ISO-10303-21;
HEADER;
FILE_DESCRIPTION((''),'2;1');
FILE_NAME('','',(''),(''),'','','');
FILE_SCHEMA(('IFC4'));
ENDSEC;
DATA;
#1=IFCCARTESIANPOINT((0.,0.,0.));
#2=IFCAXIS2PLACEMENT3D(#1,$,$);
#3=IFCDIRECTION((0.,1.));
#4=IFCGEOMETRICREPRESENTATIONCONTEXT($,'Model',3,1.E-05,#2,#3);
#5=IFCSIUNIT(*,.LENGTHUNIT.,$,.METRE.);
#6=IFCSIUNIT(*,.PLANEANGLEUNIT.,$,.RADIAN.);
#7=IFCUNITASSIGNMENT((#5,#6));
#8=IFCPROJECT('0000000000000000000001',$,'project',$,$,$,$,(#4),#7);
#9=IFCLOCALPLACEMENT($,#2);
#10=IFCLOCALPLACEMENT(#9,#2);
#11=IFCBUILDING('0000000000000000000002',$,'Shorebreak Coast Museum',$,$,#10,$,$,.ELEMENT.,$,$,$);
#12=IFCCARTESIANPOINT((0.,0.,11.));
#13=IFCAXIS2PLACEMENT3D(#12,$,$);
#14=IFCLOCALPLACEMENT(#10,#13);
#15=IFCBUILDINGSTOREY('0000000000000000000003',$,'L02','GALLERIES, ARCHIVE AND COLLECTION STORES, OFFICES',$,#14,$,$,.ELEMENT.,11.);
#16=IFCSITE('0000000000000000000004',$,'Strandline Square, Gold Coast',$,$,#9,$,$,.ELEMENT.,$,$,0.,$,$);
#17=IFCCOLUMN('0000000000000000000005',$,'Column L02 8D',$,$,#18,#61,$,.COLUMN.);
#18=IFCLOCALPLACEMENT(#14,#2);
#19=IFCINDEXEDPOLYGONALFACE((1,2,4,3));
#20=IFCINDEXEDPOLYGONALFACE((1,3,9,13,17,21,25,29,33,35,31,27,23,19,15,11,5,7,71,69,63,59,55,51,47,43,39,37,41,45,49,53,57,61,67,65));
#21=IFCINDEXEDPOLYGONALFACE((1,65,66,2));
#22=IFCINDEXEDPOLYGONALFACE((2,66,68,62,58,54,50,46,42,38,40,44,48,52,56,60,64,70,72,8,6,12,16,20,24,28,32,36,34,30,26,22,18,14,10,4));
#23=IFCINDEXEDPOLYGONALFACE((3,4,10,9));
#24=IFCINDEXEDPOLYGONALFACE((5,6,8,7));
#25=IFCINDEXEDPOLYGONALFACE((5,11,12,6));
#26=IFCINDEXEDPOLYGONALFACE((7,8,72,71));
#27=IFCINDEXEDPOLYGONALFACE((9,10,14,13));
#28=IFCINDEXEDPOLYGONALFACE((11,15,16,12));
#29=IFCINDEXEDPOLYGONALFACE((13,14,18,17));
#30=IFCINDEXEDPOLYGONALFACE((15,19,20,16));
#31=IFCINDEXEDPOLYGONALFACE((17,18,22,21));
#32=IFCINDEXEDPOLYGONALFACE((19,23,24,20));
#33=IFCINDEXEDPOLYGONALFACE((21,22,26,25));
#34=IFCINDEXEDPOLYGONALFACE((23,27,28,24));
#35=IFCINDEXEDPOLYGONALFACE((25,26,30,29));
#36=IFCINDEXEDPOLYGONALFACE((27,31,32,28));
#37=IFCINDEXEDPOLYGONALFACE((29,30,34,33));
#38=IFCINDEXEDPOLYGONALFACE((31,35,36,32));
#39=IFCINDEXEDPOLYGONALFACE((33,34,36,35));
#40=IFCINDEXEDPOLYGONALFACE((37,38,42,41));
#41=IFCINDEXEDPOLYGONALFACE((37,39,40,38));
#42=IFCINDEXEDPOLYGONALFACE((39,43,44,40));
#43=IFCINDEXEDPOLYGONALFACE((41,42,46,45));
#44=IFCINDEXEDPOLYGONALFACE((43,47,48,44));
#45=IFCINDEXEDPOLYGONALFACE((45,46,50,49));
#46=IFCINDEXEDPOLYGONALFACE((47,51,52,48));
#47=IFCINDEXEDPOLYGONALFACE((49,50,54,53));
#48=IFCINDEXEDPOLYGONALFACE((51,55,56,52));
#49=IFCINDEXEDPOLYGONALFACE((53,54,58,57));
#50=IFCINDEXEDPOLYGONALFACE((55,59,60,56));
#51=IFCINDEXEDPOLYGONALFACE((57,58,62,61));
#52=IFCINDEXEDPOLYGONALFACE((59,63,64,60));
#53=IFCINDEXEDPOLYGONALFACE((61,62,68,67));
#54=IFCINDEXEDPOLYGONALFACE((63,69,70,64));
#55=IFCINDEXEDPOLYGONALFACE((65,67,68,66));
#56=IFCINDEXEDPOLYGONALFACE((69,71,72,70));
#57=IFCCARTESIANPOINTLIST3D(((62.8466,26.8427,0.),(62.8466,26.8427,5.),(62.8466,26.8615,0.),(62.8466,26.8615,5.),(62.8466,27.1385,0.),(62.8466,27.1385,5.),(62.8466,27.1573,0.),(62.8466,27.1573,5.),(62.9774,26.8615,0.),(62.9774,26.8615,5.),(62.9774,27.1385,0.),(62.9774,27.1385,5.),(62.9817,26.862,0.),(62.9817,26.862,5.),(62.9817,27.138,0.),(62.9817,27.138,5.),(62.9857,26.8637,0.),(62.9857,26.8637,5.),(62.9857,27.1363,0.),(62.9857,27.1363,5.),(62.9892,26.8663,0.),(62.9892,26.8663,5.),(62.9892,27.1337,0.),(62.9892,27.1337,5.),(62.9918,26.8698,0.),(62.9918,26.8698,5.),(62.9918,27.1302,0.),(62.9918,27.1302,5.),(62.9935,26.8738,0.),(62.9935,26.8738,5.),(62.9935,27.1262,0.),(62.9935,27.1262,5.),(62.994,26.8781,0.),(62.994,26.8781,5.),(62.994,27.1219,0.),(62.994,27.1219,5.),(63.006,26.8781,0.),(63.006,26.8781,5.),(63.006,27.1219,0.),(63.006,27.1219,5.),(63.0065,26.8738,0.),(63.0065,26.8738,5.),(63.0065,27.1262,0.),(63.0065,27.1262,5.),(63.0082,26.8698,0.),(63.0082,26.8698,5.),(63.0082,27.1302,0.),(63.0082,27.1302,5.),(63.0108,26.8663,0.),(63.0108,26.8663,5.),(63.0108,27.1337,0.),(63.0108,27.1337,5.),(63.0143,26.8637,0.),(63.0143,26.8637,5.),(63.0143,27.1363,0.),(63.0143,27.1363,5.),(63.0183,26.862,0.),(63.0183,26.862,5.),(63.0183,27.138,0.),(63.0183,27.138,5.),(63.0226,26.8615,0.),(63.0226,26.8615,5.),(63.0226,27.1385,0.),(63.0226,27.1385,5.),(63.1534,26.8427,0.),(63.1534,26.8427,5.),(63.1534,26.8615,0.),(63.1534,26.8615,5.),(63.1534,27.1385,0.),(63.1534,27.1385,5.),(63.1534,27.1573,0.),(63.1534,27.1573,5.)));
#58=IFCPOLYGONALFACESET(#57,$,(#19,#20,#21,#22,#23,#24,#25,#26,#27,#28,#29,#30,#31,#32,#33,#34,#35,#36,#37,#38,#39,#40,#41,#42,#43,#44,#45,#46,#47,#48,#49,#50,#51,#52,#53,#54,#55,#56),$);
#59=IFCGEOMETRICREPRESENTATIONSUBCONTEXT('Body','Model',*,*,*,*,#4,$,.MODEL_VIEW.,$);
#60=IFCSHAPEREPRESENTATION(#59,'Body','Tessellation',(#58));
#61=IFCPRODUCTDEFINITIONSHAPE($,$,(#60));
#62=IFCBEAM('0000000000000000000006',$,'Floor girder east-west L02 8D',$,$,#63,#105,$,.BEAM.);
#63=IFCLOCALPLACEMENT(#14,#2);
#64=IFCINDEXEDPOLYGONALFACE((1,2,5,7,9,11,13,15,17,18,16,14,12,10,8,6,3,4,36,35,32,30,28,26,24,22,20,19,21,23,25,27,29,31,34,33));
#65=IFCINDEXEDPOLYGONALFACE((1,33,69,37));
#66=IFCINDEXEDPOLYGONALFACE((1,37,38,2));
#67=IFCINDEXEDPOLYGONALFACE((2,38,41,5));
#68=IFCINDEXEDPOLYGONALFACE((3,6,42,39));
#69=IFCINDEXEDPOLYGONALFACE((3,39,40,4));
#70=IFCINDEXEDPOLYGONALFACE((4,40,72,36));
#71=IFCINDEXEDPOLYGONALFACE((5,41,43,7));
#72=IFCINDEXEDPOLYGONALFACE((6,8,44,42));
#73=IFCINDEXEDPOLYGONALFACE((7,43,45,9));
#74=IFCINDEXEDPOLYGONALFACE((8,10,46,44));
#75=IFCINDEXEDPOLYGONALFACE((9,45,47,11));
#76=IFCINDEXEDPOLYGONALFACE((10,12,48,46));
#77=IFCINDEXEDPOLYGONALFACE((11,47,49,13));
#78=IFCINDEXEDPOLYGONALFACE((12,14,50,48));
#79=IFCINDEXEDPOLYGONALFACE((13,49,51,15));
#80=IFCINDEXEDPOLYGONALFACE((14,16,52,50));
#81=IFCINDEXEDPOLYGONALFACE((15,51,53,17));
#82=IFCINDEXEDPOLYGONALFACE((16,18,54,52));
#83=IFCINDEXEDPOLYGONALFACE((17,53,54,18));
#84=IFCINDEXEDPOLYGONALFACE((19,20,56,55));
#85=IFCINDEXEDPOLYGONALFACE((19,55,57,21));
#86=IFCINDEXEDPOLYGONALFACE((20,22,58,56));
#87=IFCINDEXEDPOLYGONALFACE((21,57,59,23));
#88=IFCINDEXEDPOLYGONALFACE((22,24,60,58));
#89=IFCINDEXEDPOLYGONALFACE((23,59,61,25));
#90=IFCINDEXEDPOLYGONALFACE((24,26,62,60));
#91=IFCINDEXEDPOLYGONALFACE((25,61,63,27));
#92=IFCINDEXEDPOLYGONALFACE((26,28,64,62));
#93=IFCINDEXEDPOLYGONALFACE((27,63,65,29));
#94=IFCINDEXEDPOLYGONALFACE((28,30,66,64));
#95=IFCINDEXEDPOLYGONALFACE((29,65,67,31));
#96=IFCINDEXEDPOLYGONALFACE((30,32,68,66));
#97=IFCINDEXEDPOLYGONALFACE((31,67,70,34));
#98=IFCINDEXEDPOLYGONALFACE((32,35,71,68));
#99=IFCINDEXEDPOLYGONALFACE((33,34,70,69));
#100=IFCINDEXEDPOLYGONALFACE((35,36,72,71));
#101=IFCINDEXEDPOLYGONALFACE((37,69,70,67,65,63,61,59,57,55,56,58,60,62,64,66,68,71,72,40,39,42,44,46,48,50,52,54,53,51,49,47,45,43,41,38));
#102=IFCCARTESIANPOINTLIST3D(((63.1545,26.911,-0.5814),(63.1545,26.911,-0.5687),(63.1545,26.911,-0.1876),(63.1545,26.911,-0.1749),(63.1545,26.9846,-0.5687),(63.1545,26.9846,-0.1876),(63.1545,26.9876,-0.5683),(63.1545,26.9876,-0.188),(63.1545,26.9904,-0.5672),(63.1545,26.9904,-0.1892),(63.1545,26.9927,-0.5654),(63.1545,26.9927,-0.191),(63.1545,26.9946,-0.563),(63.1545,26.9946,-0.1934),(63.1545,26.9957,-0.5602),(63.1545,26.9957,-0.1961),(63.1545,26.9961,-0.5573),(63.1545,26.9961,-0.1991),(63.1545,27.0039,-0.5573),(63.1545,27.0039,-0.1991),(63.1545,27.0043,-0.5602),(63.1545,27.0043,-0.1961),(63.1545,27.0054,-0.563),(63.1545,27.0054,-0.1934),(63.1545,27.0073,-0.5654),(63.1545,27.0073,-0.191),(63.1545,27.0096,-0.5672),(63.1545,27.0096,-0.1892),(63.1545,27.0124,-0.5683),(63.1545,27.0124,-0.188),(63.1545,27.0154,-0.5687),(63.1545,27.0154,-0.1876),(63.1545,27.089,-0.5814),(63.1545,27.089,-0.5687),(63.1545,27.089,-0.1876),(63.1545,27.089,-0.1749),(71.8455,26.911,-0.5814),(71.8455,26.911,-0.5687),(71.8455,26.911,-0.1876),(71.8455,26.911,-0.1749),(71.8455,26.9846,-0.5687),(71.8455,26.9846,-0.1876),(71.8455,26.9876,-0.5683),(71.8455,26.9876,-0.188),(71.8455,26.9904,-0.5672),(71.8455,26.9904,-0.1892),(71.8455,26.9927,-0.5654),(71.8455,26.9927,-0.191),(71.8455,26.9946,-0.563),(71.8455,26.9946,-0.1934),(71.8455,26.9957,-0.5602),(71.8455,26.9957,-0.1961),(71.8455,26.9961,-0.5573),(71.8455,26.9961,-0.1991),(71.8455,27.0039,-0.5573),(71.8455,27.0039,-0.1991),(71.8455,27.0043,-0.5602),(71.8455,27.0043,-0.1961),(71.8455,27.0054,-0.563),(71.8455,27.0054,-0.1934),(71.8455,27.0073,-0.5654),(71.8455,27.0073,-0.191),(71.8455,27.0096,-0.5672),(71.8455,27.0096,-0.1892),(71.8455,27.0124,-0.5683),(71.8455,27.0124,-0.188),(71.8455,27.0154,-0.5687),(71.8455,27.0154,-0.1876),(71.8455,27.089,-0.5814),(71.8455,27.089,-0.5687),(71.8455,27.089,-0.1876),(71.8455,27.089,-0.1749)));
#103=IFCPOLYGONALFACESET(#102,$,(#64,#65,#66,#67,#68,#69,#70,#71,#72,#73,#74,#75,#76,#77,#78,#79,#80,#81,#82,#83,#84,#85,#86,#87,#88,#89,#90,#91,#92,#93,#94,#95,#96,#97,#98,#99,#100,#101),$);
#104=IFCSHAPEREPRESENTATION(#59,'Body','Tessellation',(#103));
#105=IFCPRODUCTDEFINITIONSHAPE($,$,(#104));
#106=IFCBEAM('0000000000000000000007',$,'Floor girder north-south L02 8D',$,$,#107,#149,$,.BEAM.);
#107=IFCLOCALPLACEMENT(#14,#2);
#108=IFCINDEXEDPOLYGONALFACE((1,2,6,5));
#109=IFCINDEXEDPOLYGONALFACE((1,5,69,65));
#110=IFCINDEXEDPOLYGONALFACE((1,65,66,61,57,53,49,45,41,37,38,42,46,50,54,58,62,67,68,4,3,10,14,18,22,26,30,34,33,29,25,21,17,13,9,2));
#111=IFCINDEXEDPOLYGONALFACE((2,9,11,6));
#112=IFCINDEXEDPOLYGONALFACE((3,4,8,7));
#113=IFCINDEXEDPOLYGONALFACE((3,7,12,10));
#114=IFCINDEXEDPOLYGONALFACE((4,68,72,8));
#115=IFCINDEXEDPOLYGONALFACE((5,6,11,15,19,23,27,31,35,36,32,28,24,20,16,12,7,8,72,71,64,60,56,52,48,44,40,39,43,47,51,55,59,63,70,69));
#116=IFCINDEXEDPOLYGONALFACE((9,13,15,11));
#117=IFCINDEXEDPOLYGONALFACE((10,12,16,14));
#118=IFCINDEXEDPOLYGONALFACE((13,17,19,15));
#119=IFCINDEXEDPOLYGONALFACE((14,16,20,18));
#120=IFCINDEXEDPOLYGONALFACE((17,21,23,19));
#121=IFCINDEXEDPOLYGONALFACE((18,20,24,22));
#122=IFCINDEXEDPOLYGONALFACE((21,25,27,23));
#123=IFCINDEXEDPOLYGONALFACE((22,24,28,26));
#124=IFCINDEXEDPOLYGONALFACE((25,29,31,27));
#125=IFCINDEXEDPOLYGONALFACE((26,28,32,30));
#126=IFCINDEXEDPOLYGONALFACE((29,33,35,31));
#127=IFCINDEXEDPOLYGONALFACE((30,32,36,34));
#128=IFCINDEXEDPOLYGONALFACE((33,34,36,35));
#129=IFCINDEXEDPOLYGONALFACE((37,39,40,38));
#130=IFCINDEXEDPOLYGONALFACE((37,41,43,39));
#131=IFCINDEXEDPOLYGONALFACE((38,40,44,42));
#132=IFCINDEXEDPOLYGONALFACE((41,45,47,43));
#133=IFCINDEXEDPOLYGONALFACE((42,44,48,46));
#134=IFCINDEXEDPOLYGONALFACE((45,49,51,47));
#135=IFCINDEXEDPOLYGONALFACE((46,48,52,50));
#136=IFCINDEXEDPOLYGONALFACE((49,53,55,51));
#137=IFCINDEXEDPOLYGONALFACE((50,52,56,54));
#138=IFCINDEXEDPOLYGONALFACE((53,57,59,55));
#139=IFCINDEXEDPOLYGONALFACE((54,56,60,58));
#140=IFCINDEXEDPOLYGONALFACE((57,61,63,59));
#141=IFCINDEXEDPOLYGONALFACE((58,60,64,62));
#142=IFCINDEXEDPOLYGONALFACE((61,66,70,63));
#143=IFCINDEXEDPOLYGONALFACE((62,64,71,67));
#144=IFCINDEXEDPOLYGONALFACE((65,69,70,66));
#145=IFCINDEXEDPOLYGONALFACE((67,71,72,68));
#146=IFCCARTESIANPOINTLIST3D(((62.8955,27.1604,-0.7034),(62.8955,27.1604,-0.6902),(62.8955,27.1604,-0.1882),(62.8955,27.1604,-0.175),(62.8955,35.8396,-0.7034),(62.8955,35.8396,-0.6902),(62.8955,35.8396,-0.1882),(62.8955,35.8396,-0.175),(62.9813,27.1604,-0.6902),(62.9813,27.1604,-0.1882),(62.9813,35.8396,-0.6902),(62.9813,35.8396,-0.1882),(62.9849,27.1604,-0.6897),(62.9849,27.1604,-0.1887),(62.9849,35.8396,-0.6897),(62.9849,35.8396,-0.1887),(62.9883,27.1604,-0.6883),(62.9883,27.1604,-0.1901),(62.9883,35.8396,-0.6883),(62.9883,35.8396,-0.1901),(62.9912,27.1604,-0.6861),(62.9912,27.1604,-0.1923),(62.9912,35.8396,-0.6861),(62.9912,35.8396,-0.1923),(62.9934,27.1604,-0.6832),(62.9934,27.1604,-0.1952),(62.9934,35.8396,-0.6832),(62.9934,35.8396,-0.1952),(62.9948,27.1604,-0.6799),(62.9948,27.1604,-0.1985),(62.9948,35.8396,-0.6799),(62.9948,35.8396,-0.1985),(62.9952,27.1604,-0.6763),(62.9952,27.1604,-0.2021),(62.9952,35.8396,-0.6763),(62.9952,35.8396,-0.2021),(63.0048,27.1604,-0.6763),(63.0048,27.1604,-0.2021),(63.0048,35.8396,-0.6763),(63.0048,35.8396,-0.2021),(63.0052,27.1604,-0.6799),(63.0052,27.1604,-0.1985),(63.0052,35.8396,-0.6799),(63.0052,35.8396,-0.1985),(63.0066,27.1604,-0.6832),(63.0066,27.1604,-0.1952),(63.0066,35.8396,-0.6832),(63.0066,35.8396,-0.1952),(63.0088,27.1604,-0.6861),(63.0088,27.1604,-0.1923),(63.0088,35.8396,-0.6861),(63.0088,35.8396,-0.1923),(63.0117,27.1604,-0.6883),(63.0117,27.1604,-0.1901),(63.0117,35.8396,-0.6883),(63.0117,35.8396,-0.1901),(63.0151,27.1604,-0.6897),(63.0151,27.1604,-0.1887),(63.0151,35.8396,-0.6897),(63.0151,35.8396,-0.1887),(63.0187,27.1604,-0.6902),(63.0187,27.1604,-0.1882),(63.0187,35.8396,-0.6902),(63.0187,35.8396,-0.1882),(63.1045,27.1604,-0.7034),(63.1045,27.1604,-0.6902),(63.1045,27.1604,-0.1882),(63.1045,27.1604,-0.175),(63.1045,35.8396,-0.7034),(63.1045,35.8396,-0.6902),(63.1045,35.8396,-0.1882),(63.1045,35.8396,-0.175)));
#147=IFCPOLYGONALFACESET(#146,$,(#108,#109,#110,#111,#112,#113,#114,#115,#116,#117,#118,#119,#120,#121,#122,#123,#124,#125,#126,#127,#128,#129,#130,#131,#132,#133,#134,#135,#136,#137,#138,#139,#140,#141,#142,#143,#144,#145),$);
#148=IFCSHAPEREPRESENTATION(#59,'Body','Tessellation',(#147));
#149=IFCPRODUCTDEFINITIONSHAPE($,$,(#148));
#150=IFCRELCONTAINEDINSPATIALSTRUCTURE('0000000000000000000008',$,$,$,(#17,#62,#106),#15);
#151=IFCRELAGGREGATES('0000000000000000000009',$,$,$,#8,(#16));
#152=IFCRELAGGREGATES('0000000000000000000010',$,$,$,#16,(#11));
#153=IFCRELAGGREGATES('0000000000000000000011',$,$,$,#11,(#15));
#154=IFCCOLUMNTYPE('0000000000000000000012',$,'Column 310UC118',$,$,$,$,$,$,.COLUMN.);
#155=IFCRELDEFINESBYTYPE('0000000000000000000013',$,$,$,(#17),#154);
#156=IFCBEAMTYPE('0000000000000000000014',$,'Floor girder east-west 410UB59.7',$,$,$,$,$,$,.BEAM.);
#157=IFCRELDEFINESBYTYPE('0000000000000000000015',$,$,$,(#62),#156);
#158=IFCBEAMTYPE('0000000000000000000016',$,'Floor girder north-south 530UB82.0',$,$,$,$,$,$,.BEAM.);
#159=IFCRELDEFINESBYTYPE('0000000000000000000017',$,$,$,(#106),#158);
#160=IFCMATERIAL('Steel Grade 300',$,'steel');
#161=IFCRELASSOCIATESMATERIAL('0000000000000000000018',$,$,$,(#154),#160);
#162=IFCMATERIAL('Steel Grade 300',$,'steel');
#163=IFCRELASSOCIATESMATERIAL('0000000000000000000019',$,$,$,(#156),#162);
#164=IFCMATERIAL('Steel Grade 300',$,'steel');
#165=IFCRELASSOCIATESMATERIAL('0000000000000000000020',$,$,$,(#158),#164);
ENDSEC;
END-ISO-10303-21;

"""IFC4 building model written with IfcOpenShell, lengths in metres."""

from ifc_helpers import new_model, si_unit, direction, frame, origin, origin_2d, place, context, subcontext, project, spatial, i_section, extrude, material, material_profile, profile_set, type_object, element, save


model = new_model("IFC4")

# Units and contexts
model_context = context("Model", 3, precision=1e-05, world=origin(), true_north=direction((0.0, 1.0)))
body_context = subcontext(model_context, "Body", "Model", "MODEL_VIEW")
ifc_project = project(units=[si_unit("LENGTHUNIT", "METRE"), si_unit("PLANEANGLEUNIT", "RADIAN")], contexts=[model_context])

# Site, building, storey
site_placement = place(None, origin())
site = spatial("IfcSite", under=ifc_project, at=site_placement, Name="Strandline Square, Gold Coast", CompositionType="ELEMENT", RefElevation=0.0)
building_placement = place(site_placement, origin())
building = spatial("IfcBuilding", under=site, at=building_placement, Name="Shorebreak Coast Museum", CompositionType="ELEMENT")
storey_placement = place(building_placement, frame((0.0, 0.0, 11.0)))
storey = spatial("IfcBuildingStorey", under=building, at=storey_placement, Name="L02", Description="GALLERIES, ARCHIVE AND COLLECTION STORES, OFFICES", CompositionType="ELEMENT", Elevation=11.0)

# Column
ifc_material_1 = material(Name="Steel Grade 300", Category="steel")
ifc_material_profile_1 = material_profile(ifc_material_1, i_section(OverallWidth=0.3069, OverallDepth=0.3147, WebThickness=0.012, FlangeThickness=0.0188, FilletRadius=0.0166, at=origin_2d()), Name="310UC118")
ifc_profile_set_1 = profile_set([ifc_material_profile_1], Name="Steel Grade 300")
column_type = type_object("IfcColumnType", Name="Column 310UC118", PredefinedType="COLUMN", material=ifc_profile_set_1)
column_placement = place(storey_placement, frame((63.0, 27.0, 0.0), z_axis=(0.0, 0.0, 1.0), x_axis=(1.0, 0.0, 0.0)))
element("IfcColumn", 1, at=column_placement, inside=storey, type_object=column_type, Name="Column L02 8D", PredefinedType="COLUMN", context=body_context, shape_type="SweptSolid", body=[
    extrude(i_section(OverallWidth=0.3069, OverallDepth=0.3147, WebThickness=0.012, FlangeThickness=0.0188, FilletRadius=0.0166, at=origin_2d()), origin(), (0.0, 0.0, 1.0), 5.0),
])

# Beams
ifc_material_2 = material(Name="Steel Grade 300", Category="steel")
ifc_material_profile_2 = material_profile(ifc_material_2, i_section(OverallWidth=0.178, OverallDepth=0.4065, WebThickness=0.0078, FlangeThickness=0.0127, FilletRadius=0.0115, at=origin_2d()), Name="410UB59.7")
ifc_profile_set_2 = profile_set([ifc_material_profile_2], Name="Steel Grade 300")
beam_type_1 = type_object("IfcBeamType", Name="Floor girder east-west 410UB59.7", PredefinedType="BEAM", material=ifc_profile_set_2)
beam_1_placement = place(storey_placement, frame((63.1545, 27.0, -0.3782), z_axis=(1.0, 0.0, 0.0), x_axis=(0.0, 1.0, 0.0)))
element("IfcBeam", 2, at=beam_1_placement, inside=storey, type_object=beam_type_1, Name="Floor girder east-west L02 8D", PredefinedType="BEAM", context=body_context, shape_type="SweptSolid", body=[
    extrude(i_section(OverallWidth=0.178, OverallDepth=0.4065, WebThickness=0.0078, FlangeThickness=0.0127, FilletRadius=0.0115, at=origin_2d()), origin(), (0.0, 0.0, 1.0), 8.6909),
])
ifc_material_3 = material(Name="Steel Grade 300", Category="steel")
ifc_material_profile_3 = material_profile(ifc_material_3, i_section(OverallWidth=0.209, OverallDepth=0.5283, WebThickness=0.0095, FlangeThickness=0.0132, FilletRadius=0.0139, at=origin_2d()), Name="530UB82.0")
ifc_profile_set_3 = profile_set([ifc_material_profile_3], Name="Steel Grade 300")
beam_type_2 = type_object("IfcBeamType", Name="Floor girder north-south 530UB82.0", PredefinedType="BEAM", material=ifc_profile_set_3)
beam_2_placement = place(storey_placement, frame((63.0, 27.1604, -0.4392), z_axis=(0.0, 1.0, 0.0), x_axis=(-1.0, 0.0, 0.0)))
element("IfcBeam", 3, at=beam_2_placement, inside=storey, type_object=beam_type_2, Name="Floor girder north-south L02 8D", PredefinedType="BEAM", context=body_context, shape_type="SweptSolid", body=[
    extrude(i_section(OverallWidth=0.209, OverallDepth=0.5283, WebThickness=0.0095, FlangeThickness=0.0132, FilletRadius=0.0139, at=origin_2d()), origin(), (0.0, 0.0, 1.0), 8.6792),
])

save(model, "model.ifc")
